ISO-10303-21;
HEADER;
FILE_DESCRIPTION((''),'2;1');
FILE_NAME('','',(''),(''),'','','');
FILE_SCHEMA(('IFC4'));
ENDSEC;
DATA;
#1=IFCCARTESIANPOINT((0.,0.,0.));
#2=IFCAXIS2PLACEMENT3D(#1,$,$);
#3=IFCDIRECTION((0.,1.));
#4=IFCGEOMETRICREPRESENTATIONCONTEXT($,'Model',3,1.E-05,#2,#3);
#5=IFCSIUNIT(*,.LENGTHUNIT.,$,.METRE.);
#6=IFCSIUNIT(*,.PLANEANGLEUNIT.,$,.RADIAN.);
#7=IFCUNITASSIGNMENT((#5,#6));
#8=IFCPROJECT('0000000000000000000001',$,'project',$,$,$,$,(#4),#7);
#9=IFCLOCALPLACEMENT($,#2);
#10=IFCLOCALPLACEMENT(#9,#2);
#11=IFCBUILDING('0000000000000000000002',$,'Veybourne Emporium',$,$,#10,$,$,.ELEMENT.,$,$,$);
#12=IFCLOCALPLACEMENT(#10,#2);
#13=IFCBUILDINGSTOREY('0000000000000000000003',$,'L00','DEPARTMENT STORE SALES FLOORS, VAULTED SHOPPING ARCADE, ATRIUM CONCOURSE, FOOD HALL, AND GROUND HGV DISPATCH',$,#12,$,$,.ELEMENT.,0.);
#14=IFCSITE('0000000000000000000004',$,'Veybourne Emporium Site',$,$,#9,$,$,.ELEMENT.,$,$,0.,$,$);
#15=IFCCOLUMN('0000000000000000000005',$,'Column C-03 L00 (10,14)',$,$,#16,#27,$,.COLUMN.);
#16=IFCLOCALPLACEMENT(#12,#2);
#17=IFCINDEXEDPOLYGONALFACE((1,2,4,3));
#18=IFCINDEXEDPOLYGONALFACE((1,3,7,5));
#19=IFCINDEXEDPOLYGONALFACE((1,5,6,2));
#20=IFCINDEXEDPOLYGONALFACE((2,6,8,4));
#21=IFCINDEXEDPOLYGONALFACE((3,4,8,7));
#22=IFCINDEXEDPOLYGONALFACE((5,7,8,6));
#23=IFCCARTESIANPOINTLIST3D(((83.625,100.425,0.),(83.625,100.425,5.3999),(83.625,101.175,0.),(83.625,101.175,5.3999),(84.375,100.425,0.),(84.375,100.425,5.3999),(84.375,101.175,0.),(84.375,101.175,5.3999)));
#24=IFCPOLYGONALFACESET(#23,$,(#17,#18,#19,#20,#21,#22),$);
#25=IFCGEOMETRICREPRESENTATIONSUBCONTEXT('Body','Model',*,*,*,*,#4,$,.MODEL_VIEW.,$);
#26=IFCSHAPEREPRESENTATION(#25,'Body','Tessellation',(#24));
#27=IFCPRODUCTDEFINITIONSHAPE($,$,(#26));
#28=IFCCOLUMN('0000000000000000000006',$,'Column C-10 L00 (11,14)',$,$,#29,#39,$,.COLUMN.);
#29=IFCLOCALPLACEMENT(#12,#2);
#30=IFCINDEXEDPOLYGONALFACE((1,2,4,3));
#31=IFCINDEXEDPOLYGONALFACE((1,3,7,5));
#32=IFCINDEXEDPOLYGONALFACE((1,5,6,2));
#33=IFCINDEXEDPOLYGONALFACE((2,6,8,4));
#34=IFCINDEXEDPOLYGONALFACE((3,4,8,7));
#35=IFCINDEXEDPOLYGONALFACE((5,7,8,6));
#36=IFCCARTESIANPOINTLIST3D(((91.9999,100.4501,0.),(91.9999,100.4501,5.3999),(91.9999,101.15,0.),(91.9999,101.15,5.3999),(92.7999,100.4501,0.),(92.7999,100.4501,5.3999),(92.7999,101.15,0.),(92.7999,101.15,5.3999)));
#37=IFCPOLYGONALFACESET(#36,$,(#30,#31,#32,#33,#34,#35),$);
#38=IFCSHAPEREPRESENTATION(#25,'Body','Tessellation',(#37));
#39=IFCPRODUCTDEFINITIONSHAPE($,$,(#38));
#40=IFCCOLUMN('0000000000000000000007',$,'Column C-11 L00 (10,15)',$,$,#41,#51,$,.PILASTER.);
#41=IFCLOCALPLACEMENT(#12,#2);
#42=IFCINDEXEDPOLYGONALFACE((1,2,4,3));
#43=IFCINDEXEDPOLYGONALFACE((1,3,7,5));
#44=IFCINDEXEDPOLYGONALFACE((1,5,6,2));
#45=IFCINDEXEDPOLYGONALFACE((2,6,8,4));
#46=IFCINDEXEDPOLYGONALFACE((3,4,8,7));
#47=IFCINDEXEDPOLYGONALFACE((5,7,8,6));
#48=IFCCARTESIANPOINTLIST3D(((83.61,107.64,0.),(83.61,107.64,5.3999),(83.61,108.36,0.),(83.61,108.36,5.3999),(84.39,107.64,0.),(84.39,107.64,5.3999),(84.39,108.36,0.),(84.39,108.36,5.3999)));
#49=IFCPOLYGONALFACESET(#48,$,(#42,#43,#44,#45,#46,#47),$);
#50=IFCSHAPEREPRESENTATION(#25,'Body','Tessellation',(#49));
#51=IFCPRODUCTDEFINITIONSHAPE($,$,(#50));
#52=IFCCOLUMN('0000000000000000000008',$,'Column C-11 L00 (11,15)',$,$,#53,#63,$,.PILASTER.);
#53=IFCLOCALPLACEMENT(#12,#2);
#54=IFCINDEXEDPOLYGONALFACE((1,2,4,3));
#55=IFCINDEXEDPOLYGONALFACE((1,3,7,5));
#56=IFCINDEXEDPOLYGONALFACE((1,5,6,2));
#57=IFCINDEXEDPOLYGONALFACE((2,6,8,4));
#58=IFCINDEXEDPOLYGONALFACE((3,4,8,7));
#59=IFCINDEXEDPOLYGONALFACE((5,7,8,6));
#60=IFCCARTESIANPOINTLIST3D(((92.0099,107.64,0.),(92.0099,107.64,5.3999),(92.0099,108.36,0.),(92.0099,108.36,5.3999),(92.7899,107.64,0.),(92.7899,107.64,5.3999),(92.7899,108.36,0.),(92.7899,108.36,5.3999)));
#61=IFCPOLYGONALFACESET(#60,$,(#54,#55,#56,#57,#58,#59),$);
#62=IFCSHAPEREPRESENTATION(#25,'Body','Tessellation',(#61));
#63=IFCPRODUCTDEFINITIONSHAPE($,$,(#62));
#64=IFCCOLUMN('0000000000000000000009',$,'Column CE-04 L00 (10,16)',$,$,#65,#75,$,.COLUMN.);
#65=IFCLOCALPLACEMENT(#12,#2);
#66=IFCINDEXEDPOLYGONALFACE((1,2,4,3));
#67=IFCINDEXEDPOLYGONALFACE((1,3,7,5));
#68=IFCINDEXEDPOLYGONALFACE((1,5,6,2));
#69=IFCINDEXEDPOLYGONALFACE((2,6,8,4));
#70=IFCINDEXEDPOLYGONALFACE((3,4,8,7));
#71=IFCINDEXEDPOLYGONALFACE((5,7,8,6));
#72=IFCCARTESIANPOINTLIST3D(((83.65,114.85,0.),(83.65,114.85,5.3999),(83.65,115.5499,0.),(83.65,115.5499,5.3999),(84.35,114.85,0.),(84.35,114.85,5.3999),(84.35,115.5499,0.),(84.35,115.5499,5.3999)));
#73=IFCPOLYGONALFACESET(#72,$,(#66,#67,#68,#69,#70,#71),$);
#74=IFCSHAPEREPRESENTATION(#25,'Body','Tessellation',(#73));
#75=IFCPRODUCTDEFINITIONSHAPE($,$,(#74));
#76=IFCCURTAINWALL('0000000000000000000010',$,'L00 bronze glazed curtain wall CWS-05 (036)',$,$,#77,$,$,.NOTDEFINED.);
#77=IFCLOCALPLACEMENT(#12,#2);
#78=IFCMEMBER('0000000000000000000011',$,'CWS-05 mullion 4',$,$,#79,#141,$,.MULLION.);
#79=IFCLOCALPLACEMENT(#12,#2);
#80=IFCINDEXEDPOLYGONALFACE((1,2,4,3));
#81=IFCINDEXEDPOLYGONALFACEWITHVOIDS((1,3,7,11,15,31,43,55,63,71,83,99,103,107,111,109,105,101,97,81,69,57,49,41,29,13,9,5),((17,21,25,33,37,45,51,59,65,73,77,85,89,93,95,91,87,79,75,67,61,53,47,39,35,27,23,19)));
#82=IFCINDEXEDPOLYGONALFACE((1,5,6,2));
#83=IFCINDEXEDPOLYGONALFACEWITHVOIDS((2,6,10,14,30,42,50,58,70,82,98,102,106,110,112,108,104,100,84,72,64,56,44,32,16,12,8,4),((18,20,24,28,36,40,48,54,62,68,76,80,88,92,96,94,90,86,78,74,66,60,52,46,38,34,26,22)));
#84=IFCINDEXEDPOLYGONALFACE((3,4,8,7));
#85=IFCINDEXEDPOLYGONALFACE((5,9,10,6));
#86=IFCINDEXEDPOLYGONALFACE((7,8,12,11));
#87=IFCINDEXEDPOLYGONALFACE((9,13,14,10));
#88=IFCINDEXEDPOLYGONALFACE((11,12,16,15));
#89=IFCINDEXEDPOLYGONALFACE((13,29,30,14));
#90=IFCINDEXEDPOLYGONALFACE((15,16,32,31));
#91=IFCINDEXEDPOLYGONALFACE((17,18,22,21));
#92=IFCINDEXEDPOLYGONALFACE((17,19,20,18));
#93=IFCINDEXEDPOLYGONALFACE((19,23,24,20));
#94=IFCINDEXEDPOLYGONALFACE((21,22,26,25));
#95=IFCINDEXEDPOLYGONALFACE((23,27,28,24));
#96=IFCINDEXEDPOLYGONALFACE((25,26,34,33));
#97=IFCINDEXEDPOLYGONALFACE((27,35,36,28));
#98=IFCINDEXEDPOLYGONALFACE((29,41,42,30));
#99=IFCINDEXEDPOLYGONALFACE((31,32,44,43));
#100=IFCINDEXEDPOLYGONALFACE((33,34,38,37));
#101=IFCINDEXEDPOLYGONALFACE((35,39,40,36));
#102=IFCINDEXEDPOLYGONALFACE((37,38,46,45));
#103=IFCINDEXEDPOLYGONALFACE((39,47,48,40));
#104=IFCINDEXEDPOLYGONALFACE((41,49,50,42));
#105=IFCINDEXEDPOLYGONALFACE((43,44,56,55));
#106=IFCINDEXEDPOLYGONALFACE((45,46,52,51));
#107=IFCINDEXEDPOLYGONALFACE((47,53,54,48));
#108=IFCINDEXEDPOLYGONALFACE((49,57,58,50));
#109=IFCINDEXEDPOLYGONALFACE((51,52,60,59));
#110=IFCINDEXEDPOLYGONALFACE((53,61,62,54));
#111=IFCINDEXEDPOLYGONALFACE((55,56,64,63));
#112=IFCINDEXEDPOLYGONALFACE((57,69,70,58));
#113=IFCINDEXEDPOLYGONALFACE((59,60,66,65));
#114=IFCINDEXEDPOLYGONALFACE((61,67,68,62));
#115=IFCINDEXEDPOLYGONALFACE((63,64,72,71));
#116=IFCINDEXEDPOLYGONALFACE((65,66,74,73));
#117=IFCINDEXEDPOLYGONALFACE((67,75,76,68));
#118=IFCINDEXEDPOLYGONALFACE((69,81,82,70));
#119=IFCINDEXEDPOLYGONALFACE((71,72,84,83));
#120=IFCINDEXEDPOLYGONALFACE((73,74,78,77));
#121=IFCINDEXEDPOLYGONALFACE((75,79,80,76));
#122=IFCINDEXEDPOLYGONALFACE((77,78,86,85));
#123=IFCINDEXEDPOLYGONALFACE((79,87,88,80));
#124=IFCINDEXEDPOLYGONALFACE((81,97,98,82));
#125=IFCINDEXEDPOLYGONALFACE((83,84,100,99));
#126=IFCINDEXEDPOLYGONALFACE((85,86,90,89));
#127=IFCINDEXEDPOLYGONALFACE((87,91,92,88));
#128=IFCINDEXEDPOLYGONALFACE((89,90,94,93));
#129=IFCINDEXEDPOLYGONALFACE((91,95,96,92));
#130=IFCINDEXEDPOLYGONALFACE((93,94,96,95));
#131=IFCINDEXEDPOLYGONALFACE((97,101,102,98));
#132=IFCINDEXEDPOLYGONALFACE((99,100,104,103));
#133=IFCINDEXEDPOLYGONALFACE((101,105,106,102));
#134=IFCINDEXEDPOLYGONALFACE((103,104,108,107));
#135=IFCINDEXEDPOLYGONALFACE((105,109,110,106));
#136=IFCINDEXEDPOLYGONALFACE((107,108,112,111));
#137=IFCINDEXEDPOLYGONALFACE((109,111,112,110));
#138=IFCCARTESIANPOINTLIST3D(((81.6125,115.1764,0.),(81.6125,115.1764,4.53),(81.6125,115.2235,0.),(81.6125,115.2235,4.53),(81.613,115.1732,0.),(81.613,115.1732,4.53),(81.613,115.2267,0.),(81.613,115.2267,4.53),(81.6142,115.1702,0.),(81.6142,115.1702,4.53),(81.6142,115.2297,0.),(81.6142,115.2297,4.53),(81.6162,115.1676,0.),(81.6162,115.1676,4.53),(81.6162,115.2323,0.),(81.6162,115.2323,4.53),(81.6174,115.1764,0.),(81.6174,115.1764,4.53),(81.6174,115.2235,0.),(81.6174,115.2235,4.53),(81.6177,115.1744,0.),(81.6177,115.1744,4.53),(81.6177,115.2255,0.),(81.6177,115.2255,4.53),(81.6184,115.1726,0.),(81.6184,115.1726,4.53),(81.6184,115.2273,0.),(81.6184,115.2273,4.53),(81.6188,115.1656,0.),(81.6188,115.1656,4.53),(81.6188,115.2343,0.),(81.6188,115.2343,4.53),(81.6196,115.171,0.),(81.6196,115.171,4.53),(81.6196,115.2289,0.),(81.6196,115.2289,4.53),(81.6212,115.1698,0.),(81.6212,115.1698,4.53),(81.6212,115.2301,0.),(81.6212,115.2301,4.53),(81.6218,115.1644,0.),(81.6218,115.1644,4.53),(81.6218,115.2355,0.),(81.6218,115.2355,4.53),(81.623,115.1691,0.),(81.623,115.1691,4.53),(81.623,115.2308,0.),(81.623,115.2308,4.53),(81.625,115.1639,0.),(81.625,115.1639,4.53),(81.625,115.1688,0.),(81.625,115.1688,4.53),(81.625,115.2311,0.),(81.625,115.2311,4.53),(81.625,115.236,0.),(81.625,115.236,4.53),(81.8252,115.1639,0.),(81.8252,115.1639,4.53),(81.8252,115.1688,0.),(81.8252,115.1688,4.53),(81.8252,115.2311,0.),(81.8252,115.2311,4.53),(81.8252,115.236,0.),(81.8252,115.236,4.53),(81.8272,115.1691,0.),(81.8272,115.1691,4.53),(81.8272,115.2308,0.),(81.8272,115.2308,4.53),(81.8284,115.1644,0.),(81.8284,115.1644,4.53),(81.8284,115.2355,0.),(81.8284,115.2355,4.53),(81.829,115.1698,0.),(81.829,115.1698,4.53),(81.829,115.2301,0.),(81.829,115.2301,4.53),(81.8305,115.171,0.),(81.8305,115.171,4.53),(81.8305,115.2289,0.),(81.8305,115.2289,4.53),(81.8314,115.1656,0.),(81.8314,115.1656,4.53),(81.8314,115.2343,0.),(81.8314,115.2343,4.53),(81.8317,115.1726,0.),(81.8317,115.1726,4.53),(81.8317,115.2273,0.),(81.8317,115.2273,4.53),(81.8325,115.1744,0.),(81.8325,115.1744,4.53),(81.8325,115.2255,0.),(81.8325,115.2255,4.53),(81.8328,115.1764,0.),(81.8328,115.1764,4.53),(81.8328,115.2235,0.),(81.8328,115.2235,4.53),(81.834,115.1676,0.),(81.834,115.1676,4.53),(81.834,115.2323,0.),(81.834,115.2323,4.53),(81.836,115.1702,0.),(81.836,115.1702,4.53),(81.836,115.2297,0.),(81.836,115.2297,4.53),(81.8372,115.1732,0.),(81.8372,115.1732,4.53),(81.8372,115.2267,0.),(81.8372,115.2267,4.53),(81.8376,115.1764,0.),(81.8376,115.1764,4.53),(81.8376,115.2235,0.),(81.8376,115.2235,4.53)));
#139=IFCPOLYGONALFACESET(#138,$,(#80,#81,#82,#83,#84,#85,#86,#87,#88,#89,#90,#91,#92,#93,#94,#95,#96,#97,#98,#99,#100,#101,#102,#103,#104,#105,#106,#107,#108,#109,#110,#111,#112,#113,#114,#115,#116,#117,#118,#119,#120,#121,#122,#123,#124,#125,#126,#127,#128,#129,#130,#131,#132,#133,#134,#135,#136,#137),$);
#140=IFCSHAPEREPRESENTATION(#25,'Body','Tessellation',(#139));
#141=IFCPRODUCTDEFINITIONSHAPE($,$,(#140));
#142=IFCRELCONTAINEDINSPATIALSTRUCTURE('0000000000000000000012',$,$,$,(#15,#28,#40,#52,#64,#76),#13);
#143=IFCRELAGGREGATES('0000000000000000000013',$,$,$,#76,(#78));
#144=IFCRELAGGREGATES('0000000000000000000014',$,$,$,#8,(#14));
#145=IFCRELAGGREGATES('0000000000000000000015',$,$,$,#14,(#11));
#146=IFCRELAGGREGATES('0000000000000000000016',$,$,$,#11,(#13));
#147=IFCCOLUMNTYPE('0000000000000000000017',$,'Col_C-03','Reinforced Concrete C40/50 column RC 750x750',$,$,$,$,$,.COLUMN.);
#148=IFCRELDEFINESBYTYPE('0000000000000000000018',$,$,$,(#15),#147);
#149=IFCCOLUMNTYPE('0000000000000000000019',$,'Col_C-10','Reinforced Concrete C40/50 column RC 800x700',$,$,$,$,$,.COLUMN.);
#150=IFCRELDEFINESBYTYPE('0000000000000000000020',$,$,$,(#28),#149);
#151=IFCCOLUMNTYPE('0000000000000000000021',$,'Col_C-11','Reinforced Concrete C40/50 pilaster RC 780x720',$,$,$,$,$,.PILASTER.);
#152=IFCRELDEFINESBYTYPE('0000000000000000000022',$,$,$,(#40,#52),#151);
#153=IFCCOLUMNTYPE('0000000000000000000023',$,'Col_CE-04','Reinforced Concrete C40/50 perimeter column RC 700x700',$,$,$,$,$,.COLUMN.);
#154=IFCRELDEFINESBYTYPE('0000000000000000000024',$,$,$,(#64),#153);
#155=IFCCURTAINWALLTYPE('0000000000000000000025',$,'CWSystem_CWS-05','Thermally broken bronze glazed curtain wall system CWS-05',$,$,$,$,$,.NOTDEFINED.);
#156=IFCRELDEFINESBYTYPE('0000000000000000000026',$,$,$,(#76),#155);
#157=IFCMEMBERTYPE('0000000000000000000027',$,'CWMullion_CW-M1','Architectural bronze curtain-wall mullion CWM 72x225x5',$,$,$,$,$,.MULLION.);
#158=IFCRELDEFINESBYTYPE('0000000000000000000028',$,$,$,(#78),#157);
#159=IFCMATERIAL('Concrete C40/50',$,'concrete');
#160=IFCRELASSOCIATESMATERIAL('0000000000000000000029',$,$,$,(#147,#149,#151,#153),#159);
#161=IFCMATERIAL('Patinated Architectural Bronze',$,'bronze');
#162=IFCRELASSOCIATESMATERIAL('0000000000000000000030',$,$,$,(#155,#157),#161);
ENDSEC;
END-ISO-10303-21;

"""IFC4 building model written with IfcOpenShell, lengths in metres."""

from ifc_helpers import new_model, si_unit, direction, frame, origin, origin_2d, place, context, subcontext, project, spatial, rectangle, hollow_rectangle, extrude, material, material_profile, profile_set, type_object, element, aggregate, save


model = new_model("IFC4")

# Units and contexts
model_context = context("Model", 3, precision=1e-05, world=origin(), true_north=direction((0.0, 1.0)))
body_context = subcontext(model_context, "Body", "Model", "MODEL_VIEW")
ifc_project = project(units=[si_unit("LENGTHUNIT", "METRE"), si_unit("PLANEANGLEUNIT", "RADIAN")], contexts=[model_context])

# Site, building, storey
site_placement = place(None, origin())
site = spatial("IfcSite", under=ifc_project, at=site_placement, Name="Veybourne Emporium Site", CompositionType="ELEMENT", RefElevation=0.0)
building_placement = place(site_placement, origin())
building = spatial("IfcBuilding", under=site, at=building_placement, Name="Veybourne Emporium", CompositionType="ELEMENT")
storey_placement = place(building_placement, origin())
storey = spatial("IfcBuildingStorey", under=building, at=storey_placement, Name="L00", Description="DEPARTMENT STORE SALES FLOORS, VAULTED SHOPPING ARCADE, ATRIUM CONCOURSE, FOOD HALL, AND GROUND HGV DISPATCH", CompositionType="ELEMENT", Elevation=0.0)

# Columns
ifc_material_1 = material(Name="Concrete C40/50", Category="concrete")
ifc_material_profile_1 = material_profile(ifc_material_1, rectangle(XDim=0.75, YDim=0.75, at=origin_2d()), Name="RC 750x750")
ifc_profile_set_1 = profile_set([ifc_material_profile_1], Name="Concrete C40/50")
column_type_1 = type_object("IfcColumnType", Name="Col_C-03", Description="Reinforced Concrete C40/50 column RC 750x750", PredefinedType="COLUMN", material=ifc_profile_set_1)
column_1_placement = place(storey_placement, frame((84.0, 100.8, 0.0), z_axis=(0.0, 0.0, 1.0), x_axis=(1.0, 0.0, 0.0)))
element("IfcColumn", 1, at=column_1_placement, inside=storey, type_object=column_type_1, Name="Column C-03 L00 (10,14)", PredefinedType="COLUMN", context=body_context, shape_type="SweptSolid", body=[
    extrude(rectangle(XDim=0.75, YDim=0.75, at=origin_2d()), origin(), (0.0, 0.0, 1.0), 5.3999),
])
ifc_material_profile_2 = material_profile(ifc_material_1, rectangle(XDim=0.8, YDim=0.7, at=origin_2d()), Name="RC 800x700")
ifc_profile_set_2 = profile_set([ifc_material_profile_2], Name="Concrete C40/50")
column_type_2 = type_object("IfcColumnType", Name="Col_C-10", Description="Reinforced Concrete C40/50 column RC 800x700", PredefinedType="COLUMN", material=ifc_profile_set_2)
column_2_placement = place(storey_placement, frame((92.3999, 100.8, 0.0), z_axis=(0.0, 0.0, 1.0), x_axis=(1.0, 0.0, 0.0)))
element("IfcColumn", 2, at=column_2_placement, inside=storey, type_object=column_type_2, Name="Column C-10 L00 (11,14)", PredefinedType="COLUMN", context=body_context, shape_type="SweptSolid", body=[
    extrude(rectangle(XDim=0.8, YDim=0.7, at=origin_2d()), origin(), (0.0, 0.0, 1.0), 5.3999),
])
ifc_material_profile_3 = material_profile(ifc_material_1, rectangle(XDim=0.78, YDim=0.72, at=origin_2d()), Name="RC 780x720")
ifc_profile_set_3 = profile_set([ifc_material_profile_3], Name="Concrete C40/50")
column_type_3 = type_object("IfcColumnType", Name="Col_C-11", Description="Reinforced Concrete C40/50 pilaster RC 780x720", PredefinedType="PILASTER", material=ifc_profile_set_3)
for number, where, z_axis, x_axis, name in (
    (3, (84.0, 108.0, 0.0), (0.0, 0.0, 1.0), (1.0, 0.0, 0.0), "Column C-11 L00 (10,15)"),
    (4, (92.3999, 108.0, 0.0), (0.0, 0.0, 1.0), (1.0, 0.0, 0.0), "Column C-11 L00 (11,15)"),
):
    element("IfcColumn", number, at=place(storey_placement, frame(where, z_axis=z_axis, x_axis=x_axis)), inside=storey, type_object=column_type_3, Name=name, PredefinedType="PILASTER", context=body_context, shape_type="SweptSolid", body=[
        extrude(rectangle(XDim=0.78, YDim=0.72, at=origin_2d()), origin(), (0.0, 0.0, 1.0), 5.3999),
    ])
ifc_material_profile_4 = material_profile(ifc_material_1, rectangle(XDim=0.7, YDim=0.7, at=origin_2d()), Name="RC 700x700")
ifc_profile_set_4 = profile_set([ifc_material_profile_4], Name="Concrete C40/50")
column_type_4 = type_object("IfcColumnType", Name="Col_CE-04", Description="Reinforced Concrete C40/50 perimeter column RC 700x700", PredefinedType="COLUMN", material=ifc_profile_set_4)
column_3_placement = place(storey_placement, frame((84.0, 115.2, 0.0), z_axis=(0.0, 0.0, 1.0), x_axis=(1.0, 0.0, 0.0)))
element("IfcColumn", 5, at=column_3_placement, inside=storey, type_object=column_type_4, Name="Column CE-04 L00 (10,16)", PredefinedType="COLUMN", context=body_context, shape_type="SweptSolid", body=[
    extrude(rectangle(XDim=0.7, YDim=0.7, at=origin_2d()), origin(), (0.0, 0.0, 1.0), 5.3999),
])

# Curtain wall, member
ifc_material_2 = material(Name="Patinated Architectural Bronze", Category="bronze")
curtain_wall_type = type_object("IfcCurtainWallType", Name="CWSystem_CWS-05", Description="Thermally broken bronze glazed curtain wall system CWS-05", PredefinedType="NOTDEFINED", material=ifc_material_2)
curtain_wall_placement = place(storey_placement, origin())
curtain_wall = element("IfcCurtainWall", 6, at=curtain_wall_placement, inside=storey, type_object=curtain_wall_type, Name="L00 bronze glazed curtain wall CWS-05 (036)", PredefinedType="NOTDEFINED")
ifc_material_profile_5 = material_profile(ifc_material_2, hollow_rectangle(XDim=0.072, YDim=0.2251, WallThickness=0.0049, InnerFilletRadius=0.0076, OuterFilletRadius=0.0125, at=origin_2d()), Name="CWM 72x225x5")
ifc_profile_set_5 = profile_set([ifc_material_profile_5], Name="Patinated Architectural Bronze")
member_type_1 = type_object("IfcMemberType", Name="CWMullion_CW-M1", Description="Architectural bronze curtain-wall mullion CWM 72x225x5", PredefinedType="MULLION", material=ifc_profile_set_5)
member_1_placement = place(storey_placement, frame((81.7251, 115.2, 0.0), z_axis=(0.0, 0.0, 1.0), x_axis=(0.0, 1.0, 0.0)))
member_1 = element("IfcMember", 7, at=member_1_placement, type_object=member_type_1, Name="CWS-05 mullion 4", PredefinedType="MULLION", context=body_context, shape_type="SweptSolid", body=[
    extrude(hollow_rectangle(XDim=0.072, YDim=0.2251, WallThickness=0.0049, InnerFilletRadius=0.0076, OuterFilletRadius=0.0125, at=origin_2d()), origin(), (0.0, 0.0, 1.0), 4.53),
])

aggregate(curtain_wall, [member_1])

save(model, "model.ifc")
